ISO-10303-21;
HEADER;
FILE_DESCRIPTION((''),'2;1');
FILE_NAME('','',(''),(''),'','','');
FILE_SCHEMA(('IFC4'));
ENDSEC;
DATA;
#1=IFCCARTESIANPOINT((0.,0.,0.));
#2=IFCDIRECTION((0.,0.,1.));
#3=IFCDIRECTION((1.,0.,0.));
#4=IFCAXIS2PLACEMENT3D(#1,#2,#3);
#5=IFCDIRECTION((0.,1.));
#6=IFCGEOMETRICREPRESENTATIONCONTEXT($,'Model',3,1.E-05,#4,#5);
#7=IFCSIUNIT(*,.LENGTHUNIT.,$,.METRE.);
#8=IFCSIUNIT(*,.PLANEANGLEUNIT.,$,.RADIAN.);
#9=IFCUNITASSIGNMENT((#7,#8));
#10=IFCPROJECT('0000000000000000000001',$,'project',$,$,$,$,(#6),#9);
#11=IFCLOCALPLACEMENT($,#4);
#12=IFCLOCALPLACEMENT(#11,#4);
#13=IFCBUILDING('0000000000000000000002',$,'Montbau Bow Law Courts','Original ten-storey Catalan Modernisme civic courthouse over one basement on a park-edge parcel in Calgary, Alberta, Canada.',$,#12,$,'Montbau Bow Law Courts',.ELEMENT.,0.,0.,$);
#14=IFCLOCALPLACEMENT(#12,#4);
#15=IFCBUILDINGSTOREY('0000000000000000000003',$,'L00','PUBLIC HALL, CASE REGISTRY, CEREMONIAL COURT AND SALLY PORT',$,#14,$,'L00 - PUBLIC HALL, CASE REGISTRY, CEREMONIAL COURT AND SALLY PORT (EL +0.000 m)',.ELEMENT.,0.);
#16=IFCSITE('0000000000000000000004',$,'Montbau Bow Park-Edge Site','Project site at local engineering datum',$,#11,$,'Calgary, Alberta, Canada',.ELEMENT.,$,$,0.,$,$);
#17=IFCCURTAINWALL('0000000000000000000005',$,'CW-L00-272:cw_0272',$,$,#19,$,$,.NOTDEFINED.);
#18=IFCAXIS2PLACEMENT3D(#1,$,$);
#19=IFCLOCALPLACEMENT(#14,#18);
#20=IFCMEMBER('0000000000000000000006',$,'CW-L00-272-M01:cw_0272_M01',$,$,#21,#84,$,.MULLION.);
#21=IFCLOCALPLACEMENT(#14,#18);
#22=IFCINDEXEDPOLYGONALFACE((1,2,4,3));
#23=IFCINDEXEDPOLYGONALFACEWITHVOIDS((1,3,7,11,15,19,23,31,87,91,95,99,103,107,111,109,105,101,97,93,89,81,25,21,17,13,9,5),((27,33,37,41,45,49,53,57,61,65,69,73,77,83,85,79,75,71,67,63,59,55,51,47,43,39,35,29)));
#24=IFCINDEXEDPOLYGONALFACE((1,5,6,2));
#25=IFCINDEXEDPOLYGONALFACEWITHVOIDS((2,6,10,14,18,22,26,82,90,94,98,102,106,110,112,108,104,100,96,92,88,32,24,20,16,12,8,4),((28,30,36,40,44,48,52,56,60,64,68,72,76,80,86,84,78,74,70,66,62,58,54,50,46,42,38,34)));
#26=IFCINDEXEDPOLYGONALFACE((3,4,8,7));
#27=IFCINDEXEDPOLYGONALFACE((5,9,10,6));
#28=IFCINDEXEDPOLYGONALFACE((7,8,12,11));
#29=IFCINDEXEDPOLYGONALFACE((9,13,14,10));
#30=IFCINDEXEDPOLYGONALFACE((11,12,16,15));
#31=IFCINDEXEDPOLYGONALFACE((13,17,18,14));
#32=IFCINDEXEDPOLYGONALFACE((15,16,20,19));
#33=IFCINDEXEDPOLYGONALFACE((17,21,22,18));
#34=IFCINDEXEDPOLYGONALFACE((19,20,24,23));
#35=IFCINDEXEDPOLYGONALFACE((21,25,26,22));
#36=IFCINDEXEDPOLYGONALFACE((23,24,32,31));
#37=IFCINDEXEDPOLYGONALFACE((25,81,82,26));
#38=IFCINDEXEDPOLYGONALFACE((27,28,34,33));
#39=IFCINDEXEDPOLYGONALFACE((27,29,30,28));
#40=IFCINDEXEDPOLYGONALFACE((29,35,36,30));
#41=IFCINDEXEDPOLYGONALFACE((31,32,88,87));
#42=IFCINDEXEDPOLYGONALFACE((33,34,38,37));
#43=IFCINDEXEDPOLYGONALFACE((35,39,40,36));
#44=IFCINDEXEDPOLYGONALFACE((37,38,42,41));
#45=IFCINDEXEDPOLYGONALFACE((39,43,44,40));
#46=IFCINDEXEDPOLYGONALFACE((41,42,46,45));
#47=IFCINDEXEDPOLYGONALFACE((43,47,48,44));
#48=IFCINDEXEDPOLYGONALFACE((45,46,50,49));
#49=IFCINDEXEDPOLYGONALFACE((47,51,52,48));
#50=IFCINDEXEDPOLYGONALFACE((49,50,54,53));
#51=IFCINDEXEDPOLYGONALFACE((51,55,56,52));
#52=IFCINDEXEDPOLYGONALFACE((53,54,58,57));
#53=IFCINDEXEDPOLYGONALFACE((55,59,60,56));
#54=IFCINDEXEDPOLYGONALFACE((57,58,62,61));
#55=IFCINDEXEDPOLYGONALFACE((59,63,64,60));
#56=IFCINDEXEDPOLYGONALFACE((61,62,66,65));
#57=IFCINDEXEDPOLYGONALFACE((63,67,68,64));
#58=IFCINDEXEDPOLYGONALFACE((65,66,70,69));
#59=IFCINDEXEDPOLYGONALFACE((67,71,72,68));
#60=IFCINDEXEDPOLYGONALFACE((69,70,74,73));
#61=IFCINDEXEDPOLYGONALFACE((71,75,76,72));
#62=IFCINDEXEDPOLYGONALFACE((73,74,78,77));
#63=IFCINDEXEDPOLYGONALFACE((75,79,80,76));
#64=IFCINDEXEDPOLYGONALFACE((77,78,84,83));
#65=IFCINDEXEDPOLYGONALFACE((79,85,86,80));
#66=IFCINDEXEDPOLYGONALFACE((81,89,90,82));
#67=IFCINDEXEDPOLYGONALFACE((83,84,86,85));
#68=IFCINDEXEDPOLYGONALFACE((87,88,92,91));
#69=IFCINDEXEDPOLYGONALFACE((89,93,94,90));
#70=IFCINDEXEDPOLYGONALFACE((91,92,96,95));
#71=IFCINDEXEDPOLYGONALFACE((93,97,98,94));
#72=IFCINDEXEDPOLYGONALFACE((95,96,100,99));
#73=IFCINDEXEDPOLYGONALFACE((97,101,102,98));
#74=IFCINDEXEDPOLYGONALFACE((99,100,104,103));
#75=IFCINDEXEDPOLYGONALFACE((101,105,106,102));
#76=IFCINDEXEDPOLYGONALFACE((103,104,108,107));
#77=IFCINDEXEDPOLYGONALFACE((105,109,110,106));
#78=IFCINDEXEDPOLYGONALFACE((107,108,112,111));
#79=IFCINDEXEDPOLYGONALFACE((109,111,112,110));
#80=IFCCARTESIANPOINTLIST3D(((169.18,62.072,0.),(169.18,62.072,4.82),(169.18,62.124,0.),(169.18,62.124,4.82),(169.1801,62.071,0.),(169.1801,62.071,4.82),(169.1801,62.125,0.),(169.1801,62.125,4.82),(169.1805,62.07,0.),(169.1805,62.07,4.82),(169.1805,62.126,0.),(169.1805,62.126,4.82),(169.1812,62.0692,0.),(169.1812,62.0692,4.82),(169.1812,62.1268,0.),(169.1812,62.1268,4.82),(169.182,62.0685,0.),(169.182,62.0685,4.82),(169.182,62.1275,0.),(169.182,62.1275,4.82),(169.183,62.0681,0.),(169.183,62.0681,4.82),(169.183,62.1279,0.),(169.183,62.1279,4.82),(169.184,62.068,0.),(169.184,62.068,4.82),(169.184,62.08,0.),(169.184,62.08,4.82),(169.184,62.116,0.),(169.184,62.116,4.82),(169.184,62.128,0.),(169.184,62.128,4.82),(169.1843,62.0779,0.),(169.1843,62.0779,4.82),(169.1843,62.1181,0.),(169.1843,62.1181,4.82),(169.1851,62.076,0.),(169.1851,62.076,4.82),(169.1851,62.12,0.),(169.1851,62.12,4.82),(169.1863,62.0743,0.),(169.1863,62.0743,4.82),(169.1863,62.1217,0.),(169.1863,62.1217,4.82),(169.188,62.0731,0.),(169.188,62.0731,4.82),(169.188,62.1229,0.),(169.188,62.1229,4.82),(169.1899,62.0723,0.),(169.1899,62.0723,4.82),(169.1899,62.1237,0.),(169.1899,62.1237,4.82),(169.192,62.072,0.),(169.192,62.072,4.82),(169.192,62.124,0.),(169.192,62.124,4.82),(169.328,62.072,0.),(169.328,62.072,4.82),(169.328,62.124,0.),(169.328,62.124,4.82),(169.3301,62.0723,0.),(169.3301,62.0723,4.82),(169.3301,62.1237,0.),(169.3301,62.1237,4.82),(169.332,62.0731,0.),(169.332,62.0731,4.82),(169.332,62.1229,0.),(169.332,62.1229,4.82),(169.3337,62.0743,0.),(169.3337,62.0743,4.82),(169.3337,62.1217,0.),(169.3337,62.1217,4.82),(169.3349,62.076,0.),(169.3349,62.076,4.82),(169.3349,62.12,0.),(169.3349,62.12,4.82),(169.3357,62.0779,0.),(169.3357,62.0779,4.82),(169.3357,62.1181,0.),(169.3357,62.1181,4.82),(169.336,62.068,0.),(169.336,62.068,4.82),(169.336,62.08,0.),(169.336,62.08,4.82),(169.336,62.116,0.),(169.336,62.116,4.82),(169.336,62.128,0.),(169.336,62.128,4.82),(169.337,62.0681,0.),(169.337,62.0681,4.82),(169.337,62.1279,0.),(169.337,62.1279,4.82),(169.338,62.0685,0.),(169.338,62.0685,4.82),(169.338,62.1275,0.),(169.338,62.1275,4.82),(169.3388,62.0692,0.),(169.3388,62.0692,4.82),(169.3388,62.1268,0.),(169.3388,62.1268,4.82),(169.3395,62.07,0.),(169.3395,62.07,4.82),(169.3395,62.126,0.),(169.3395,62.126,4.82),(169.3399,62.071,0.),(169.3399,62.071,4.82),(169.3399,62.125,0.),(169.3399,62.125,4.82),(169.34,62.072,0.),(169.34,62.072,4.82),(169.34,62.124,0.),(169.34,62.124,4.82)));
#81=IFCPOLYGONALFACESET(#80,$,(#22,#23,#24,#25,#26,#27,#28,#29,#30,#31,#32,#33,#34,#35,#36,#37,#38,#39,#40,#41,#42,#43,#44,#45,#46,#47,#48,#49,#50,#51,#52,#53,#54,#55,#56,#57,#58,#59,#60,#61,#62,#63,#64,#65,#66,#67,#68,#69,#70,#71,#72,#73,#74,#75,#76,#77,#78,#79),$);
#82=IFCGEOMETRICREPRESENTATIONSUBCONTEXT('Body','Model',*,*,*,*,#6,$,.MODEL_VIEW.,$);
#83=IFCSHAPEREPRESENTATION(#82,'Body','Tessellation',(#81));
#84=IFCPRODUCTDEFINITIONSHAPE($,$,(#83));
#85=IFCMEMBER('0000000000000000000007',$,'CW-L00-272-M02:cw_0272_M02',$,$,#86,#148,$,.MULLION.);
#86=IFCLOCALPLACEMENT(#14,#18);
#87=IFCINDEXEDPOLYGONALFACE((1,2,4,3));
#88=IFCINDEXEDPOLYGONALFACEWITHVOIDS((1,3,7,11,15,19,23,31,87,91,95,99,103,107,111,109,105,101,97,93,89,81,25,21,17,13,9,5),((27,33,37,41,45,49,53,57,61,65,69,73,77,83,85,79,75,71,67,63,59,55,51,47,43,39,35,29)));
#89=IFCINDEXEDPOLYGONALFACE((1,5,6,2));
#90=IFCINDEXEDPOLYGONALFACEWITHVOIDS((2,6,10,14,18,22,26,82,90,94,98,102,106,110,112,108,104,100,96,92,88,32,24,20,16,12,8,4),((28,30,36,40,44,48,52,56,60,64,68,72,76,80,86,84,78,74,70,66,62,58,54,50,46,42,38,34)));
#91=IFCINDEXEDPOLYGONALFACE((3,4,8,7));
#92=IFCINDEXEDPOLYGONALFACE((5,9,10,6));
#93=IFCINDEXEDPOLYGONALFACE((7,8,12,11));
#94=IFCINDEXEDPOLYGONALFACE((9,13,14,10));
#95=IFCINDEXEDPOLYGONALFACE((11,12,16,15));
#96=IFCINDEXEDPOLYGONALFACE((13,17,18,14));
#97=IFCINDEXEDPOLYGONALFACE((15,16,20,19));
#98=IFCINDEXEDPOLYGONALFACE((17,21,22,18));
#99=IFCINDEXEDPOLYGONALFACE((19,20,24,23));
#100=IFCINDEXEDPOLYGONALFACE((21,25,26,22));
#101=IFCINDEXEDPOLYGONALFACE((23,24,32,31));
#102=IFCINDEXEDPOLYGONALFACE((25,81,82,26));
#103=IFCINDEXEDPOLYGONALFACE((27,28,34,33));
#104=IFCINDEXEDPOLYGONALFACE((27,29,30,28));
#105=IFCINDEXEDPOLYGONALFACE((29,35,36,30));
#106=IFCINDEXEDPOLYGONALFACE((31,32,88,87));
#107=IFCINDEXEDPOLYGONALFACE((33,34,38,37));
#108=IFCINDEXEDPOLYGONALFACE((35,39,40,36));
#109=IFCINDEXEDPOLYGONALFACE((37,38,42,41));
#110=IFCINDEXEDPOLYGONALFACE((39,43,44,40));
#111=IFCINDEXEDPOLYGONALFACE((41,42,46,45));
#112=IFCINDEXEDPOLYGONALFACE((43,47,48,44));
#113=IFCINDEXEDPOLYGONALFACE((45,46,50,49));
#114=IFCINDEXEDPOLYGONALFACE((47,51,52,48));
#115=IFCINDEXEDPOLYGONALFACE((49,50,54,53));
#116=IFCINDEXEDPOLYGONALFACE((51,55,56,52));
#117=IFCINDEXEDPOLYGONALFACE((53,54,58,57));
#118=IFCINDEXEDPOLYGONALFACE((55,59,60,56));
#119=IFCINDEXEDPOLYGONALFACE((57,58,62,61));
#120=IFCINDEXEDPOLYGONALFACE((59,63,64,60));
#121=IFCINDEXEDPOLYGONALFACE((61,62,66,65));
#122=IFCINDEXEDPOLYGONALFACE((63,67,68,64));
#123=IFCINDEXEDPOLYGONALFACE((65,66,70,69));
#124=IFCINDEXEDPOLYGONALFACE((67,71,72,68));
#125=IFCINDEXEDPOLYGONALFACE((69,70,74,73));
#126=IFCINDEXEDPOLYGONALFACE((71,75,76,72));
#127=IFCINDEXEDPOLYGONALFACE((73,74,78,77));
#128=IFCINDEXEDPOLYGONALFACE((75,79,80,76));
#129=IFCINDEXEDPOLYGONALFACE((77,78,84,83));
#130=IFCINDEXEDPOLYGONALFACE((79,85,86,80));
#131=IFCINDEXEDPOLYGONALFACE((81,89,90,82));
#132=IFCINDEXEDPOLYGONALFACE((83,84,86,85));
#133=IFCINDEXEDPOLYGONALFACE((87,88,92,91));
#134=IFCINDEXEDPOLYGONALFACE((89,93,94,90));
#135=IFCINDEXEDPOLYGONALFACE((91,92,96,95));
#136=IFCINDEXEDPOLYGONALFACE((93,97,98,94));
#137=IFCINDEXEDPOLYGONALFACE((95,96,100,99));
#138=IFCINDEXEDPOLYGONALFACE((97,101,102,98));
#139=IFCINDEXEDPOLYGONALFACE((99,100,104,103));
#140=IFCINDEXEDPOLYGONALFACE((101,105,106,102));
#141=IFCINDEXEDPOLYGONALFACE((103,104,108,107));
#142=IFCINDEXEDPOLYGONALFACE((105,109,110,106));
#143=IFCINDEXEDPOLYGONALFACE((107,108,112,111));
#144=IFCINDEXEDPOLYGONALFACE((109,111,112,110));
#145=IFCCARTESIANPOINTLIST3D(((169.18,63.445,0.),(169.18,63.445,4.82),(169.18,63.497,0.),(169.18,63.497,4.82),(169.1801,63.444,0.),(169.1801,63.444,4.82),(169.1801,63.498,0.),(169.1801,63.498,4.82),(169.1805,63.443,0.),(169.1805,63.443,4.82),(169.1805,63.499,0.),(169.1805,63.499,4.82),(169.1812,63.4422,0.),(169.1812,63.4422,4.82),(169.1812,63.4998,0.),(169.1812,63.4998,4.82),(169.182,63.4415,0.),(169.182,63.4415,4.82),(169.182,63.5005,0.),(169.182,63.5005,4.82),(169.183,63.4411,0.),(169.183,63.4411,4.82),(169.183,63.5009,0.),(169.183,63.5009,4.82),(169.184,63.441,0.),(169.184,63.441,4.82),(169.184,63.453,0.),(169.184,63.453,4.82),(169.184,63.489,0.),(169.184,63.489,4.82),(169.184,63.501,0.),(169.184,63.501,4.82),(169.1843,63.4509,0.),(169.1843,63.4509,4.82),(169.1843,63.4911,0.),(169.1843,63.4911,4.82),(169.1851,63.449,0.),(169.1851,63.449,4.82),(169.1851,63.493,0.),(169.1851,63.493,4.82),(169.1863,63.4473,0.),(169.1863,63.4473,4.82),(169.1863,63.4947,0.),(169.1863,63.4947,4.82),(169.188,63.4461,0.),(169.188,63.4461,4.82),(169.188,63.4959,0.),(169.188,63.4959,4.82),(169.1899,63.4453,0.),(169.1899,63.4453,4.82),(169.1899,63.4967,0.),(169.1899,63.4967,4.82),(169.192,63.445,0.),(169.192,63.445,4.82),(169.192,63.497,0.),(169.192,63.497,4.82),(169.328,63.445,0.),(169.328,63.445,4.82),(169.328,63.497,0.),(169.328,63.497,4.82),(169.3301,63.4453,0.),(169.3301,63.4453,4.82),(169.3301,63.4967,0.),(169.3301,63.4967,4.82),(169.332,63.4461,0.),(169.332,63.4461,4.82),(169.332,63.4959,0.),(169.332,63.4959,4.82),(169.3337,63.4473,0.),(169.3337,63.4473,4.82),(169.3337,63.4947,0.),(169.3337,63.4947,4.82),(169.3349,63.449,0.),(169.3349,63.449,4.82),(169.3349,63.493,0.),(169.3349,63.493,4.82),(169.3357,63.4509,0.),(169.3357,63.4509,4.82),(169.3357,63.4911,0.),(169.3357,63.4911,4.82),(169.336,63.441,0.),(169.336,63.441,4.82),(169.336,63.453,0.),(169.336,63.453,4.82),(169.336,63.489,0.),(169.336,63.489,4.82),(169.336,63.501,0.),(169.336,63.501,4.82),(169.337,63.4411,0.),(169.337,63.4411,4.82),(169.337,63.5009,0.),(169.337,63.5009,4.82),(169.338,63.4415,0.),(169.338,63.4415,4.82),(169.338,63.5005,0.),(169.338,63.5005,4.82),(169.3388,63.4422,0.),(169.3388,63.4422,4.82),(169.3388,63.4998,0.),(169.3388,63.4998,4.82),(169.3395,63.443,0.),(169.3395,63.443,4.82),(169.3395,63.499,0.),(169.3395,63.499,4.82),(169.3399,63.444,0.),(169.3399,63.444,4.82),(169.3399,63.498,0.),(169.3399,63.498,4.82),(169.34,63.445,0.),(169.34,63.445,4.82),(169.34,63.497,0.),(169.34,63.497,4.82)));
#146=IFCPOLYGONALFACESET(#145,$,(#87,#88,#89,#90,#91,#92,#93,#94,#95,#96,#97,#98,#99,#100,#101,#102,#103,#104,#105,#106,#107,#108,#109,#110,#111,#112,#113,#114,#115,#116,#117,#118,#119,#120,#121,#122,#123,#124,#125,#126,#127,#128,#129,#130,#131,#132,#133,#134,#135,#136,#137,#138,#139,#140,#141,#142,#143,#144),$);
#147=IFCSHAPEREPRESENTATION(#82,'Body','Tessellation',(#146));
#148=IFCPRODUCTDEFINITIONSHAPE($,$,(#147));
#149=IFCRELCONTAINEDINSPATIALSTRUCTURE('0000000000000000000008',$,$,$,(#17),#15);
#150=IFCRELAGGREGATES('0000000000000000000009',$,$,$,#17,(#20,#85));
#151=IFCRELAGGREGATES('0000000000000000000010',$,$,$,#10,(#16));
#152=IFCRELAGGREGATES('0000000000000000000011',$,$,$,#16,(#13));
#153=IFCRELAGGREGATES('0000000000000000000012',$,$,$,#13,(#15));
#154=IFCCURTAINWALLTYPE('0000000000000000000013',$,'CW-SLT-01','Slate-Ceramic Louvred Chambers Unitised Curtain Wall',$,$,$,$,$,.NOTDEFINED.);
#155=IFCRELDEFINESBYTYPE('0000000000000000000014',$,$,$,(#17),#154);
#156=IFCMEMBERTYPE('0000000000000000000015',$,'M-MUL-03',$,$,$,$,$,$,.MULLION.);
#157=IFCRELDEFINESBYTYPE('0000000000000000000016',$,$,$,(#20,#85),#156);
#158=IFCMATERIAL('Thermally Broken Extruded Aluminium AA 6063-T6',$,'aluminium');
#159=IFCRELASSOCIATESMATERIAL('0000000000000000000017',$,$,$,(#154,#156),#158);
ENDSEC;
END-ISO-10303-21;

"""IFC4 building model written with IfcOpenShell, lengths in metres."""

from ifc_helpers import new_model, si_unit, direction, frame, origin_with_axes, origin_2d_with_axis, place, context, subcontext, project, spatial, hollow_rectangle, extrude, material, material_profile, profile_set, type_object, element, aggregate, save


model = new_model("IFC4")

# Units and contexts
model_context = context("Model", 3, precision=1e-05, world=origin_with_axes(), true_north=direction((0.0, 1.0)))
body_context = subcontext(model_context, "Body", "Model", "MODEL_VIEW")
ifc_project = project(units=[si_unit("LENGTHUNIT", "METRE"), si_unit("PLANEANGLEUNIT", "RADIAN")], contexts=[model_context])

# Site, building, storey
site_placement = place(None, origin_with_axes())
site = spatial("IfcSite", under=ifc_project, at=site_placement, Name="Montbau Bow Park-Edge Site", Description="Project site at local engineering datum", LongName="Calgary, Alberta, Canada", CompositionType="ELEMENT", RefElevation=0.0)
building_placement = place(site_placement, origin_with_axes())
building = spatial("IfcBuilding", under=site, at=building_placement, Name="Montbau Bow Law Courts", Description="Original ten-storey Catalan Modernisme civic courthouse over one basement on a park-edge parcel in Calgary, Alberta, Canada.", LongName="Montbau Bow Law Courts", CompositionType="ELEMENT", ElevationOfRefHeight=0.0, ElevationOfTerrain=0.0)
storey_placement = place(building_placement, origin_with_axes())
storey = spatial("IfcBuildingStorey", under=building, at=storey_placement, Name="L00", Description="PUBLIC HALL, CASE REGISTRY, CEREMONIAL COURT AND SALLY PORT", LongName="L00 - PUBLIC HALL, CASE REGISTRY, CEREMONIAL COURT AND SALLY PORT (EL +0.000 m)", CompositionType="ELEMENT", Elevation=0.0)

# Curtain wall, members
ifc_material_1 = material(Name="Thermally Broken Extruded Aluminium AA 6063-T6", Category="aluminium")
curtain_wall_type = type_object("IfcCurtainWallType", Name="CW-SLT-01", Description="Slate-Ceramic Louvred Chambers Unitised Curtain Wall", PredefinedType="NOTDEFINED", material=ifc_material_1)
curtain_wall_1_placement = place(None, frame((169.26, 62.068, 0.0), z_axis=(0.0, 0.0, 1.0), x_axis=(1.0, 0.0, 0.0)))
curtain_wall_1 = element("IfcCurtainWall", 1, at=curtain_wall_1_placement, inside=storey, type_object=curtain_wall_type, Name="CW-L00-272:cw_0272", PredefinedType="NOTDEFINED")
ifc_material_profile_1 = material_profile(ifc_material_1, hollow_rectangle(XDim=0.06, YDim=0.16, WallThickness=0.004, InnerFilletRadius=0.008, OuterFilletRadius=0.004, at=origin_2d_with_axis()), Name="CWM-160X60", Category="Main", Priority=0)
ifc_profile_set_1 = profile_set([ifc_material_profile_1], Name="Thermally Broken Extruded Aluminium AA 6063-T6")
member_type_1 = type_object("IfcMemberType", Name="M-MUL-03", PredefinedType="MULLION", material=ifc_profile_set_1)
member_1_placement = place(None, frame((169.26, 62.098, 0.0), z_axis=(0.0, 0.0, 1.0), x_axis=(0.0, 1.0, 0.0)))
member_1 = element("IfcMember", 2, at=member_1_placement, type_object=member_type_1, Name="CW-L00-272-M01:cw_0272_M01", PredefinedType="MULLION", context=body_context, shape_type="SweptSolid", body=[
    extrude(hollow_rectangle(XDim=0.06, YDim=0.16, WallThickness=0.004, InnerFilletRadius=0.008, OuterFilletRadius=0.004, at=origin_2d_with_axis()), origin_with_axes(), (0.0, 0.0, 1.0), 4.82),
])
member_2_placement = place(None, frame((169.26, 63.471, 0.0), z_axis=(0.0, 0.0, 1.0), x_axis=(0.0, 1.0, 0.0)))
member_2 = element("IfcMember", 3, at=member_2_placement, type_object=member_type_1, Name="CW-L00-272-M02:cw_0272_M02", PredefinedType="MULLION", context=body_context, shape_type="SweptSolid", body=[
    extrude(hollow_rectangle(XDim=0.06, YDim=0.16, WallThickness=0.004, InnerFilletRadius=0.008, OuterFilletRadius=0.004, at=origin_2d_with_axis()), origin_with_axes(), (0.0, 0.0, 1.0), 4.82),
])

aggregate(curtain_wall_1, [member_1, member_2])

save(model, "model.ifc")
